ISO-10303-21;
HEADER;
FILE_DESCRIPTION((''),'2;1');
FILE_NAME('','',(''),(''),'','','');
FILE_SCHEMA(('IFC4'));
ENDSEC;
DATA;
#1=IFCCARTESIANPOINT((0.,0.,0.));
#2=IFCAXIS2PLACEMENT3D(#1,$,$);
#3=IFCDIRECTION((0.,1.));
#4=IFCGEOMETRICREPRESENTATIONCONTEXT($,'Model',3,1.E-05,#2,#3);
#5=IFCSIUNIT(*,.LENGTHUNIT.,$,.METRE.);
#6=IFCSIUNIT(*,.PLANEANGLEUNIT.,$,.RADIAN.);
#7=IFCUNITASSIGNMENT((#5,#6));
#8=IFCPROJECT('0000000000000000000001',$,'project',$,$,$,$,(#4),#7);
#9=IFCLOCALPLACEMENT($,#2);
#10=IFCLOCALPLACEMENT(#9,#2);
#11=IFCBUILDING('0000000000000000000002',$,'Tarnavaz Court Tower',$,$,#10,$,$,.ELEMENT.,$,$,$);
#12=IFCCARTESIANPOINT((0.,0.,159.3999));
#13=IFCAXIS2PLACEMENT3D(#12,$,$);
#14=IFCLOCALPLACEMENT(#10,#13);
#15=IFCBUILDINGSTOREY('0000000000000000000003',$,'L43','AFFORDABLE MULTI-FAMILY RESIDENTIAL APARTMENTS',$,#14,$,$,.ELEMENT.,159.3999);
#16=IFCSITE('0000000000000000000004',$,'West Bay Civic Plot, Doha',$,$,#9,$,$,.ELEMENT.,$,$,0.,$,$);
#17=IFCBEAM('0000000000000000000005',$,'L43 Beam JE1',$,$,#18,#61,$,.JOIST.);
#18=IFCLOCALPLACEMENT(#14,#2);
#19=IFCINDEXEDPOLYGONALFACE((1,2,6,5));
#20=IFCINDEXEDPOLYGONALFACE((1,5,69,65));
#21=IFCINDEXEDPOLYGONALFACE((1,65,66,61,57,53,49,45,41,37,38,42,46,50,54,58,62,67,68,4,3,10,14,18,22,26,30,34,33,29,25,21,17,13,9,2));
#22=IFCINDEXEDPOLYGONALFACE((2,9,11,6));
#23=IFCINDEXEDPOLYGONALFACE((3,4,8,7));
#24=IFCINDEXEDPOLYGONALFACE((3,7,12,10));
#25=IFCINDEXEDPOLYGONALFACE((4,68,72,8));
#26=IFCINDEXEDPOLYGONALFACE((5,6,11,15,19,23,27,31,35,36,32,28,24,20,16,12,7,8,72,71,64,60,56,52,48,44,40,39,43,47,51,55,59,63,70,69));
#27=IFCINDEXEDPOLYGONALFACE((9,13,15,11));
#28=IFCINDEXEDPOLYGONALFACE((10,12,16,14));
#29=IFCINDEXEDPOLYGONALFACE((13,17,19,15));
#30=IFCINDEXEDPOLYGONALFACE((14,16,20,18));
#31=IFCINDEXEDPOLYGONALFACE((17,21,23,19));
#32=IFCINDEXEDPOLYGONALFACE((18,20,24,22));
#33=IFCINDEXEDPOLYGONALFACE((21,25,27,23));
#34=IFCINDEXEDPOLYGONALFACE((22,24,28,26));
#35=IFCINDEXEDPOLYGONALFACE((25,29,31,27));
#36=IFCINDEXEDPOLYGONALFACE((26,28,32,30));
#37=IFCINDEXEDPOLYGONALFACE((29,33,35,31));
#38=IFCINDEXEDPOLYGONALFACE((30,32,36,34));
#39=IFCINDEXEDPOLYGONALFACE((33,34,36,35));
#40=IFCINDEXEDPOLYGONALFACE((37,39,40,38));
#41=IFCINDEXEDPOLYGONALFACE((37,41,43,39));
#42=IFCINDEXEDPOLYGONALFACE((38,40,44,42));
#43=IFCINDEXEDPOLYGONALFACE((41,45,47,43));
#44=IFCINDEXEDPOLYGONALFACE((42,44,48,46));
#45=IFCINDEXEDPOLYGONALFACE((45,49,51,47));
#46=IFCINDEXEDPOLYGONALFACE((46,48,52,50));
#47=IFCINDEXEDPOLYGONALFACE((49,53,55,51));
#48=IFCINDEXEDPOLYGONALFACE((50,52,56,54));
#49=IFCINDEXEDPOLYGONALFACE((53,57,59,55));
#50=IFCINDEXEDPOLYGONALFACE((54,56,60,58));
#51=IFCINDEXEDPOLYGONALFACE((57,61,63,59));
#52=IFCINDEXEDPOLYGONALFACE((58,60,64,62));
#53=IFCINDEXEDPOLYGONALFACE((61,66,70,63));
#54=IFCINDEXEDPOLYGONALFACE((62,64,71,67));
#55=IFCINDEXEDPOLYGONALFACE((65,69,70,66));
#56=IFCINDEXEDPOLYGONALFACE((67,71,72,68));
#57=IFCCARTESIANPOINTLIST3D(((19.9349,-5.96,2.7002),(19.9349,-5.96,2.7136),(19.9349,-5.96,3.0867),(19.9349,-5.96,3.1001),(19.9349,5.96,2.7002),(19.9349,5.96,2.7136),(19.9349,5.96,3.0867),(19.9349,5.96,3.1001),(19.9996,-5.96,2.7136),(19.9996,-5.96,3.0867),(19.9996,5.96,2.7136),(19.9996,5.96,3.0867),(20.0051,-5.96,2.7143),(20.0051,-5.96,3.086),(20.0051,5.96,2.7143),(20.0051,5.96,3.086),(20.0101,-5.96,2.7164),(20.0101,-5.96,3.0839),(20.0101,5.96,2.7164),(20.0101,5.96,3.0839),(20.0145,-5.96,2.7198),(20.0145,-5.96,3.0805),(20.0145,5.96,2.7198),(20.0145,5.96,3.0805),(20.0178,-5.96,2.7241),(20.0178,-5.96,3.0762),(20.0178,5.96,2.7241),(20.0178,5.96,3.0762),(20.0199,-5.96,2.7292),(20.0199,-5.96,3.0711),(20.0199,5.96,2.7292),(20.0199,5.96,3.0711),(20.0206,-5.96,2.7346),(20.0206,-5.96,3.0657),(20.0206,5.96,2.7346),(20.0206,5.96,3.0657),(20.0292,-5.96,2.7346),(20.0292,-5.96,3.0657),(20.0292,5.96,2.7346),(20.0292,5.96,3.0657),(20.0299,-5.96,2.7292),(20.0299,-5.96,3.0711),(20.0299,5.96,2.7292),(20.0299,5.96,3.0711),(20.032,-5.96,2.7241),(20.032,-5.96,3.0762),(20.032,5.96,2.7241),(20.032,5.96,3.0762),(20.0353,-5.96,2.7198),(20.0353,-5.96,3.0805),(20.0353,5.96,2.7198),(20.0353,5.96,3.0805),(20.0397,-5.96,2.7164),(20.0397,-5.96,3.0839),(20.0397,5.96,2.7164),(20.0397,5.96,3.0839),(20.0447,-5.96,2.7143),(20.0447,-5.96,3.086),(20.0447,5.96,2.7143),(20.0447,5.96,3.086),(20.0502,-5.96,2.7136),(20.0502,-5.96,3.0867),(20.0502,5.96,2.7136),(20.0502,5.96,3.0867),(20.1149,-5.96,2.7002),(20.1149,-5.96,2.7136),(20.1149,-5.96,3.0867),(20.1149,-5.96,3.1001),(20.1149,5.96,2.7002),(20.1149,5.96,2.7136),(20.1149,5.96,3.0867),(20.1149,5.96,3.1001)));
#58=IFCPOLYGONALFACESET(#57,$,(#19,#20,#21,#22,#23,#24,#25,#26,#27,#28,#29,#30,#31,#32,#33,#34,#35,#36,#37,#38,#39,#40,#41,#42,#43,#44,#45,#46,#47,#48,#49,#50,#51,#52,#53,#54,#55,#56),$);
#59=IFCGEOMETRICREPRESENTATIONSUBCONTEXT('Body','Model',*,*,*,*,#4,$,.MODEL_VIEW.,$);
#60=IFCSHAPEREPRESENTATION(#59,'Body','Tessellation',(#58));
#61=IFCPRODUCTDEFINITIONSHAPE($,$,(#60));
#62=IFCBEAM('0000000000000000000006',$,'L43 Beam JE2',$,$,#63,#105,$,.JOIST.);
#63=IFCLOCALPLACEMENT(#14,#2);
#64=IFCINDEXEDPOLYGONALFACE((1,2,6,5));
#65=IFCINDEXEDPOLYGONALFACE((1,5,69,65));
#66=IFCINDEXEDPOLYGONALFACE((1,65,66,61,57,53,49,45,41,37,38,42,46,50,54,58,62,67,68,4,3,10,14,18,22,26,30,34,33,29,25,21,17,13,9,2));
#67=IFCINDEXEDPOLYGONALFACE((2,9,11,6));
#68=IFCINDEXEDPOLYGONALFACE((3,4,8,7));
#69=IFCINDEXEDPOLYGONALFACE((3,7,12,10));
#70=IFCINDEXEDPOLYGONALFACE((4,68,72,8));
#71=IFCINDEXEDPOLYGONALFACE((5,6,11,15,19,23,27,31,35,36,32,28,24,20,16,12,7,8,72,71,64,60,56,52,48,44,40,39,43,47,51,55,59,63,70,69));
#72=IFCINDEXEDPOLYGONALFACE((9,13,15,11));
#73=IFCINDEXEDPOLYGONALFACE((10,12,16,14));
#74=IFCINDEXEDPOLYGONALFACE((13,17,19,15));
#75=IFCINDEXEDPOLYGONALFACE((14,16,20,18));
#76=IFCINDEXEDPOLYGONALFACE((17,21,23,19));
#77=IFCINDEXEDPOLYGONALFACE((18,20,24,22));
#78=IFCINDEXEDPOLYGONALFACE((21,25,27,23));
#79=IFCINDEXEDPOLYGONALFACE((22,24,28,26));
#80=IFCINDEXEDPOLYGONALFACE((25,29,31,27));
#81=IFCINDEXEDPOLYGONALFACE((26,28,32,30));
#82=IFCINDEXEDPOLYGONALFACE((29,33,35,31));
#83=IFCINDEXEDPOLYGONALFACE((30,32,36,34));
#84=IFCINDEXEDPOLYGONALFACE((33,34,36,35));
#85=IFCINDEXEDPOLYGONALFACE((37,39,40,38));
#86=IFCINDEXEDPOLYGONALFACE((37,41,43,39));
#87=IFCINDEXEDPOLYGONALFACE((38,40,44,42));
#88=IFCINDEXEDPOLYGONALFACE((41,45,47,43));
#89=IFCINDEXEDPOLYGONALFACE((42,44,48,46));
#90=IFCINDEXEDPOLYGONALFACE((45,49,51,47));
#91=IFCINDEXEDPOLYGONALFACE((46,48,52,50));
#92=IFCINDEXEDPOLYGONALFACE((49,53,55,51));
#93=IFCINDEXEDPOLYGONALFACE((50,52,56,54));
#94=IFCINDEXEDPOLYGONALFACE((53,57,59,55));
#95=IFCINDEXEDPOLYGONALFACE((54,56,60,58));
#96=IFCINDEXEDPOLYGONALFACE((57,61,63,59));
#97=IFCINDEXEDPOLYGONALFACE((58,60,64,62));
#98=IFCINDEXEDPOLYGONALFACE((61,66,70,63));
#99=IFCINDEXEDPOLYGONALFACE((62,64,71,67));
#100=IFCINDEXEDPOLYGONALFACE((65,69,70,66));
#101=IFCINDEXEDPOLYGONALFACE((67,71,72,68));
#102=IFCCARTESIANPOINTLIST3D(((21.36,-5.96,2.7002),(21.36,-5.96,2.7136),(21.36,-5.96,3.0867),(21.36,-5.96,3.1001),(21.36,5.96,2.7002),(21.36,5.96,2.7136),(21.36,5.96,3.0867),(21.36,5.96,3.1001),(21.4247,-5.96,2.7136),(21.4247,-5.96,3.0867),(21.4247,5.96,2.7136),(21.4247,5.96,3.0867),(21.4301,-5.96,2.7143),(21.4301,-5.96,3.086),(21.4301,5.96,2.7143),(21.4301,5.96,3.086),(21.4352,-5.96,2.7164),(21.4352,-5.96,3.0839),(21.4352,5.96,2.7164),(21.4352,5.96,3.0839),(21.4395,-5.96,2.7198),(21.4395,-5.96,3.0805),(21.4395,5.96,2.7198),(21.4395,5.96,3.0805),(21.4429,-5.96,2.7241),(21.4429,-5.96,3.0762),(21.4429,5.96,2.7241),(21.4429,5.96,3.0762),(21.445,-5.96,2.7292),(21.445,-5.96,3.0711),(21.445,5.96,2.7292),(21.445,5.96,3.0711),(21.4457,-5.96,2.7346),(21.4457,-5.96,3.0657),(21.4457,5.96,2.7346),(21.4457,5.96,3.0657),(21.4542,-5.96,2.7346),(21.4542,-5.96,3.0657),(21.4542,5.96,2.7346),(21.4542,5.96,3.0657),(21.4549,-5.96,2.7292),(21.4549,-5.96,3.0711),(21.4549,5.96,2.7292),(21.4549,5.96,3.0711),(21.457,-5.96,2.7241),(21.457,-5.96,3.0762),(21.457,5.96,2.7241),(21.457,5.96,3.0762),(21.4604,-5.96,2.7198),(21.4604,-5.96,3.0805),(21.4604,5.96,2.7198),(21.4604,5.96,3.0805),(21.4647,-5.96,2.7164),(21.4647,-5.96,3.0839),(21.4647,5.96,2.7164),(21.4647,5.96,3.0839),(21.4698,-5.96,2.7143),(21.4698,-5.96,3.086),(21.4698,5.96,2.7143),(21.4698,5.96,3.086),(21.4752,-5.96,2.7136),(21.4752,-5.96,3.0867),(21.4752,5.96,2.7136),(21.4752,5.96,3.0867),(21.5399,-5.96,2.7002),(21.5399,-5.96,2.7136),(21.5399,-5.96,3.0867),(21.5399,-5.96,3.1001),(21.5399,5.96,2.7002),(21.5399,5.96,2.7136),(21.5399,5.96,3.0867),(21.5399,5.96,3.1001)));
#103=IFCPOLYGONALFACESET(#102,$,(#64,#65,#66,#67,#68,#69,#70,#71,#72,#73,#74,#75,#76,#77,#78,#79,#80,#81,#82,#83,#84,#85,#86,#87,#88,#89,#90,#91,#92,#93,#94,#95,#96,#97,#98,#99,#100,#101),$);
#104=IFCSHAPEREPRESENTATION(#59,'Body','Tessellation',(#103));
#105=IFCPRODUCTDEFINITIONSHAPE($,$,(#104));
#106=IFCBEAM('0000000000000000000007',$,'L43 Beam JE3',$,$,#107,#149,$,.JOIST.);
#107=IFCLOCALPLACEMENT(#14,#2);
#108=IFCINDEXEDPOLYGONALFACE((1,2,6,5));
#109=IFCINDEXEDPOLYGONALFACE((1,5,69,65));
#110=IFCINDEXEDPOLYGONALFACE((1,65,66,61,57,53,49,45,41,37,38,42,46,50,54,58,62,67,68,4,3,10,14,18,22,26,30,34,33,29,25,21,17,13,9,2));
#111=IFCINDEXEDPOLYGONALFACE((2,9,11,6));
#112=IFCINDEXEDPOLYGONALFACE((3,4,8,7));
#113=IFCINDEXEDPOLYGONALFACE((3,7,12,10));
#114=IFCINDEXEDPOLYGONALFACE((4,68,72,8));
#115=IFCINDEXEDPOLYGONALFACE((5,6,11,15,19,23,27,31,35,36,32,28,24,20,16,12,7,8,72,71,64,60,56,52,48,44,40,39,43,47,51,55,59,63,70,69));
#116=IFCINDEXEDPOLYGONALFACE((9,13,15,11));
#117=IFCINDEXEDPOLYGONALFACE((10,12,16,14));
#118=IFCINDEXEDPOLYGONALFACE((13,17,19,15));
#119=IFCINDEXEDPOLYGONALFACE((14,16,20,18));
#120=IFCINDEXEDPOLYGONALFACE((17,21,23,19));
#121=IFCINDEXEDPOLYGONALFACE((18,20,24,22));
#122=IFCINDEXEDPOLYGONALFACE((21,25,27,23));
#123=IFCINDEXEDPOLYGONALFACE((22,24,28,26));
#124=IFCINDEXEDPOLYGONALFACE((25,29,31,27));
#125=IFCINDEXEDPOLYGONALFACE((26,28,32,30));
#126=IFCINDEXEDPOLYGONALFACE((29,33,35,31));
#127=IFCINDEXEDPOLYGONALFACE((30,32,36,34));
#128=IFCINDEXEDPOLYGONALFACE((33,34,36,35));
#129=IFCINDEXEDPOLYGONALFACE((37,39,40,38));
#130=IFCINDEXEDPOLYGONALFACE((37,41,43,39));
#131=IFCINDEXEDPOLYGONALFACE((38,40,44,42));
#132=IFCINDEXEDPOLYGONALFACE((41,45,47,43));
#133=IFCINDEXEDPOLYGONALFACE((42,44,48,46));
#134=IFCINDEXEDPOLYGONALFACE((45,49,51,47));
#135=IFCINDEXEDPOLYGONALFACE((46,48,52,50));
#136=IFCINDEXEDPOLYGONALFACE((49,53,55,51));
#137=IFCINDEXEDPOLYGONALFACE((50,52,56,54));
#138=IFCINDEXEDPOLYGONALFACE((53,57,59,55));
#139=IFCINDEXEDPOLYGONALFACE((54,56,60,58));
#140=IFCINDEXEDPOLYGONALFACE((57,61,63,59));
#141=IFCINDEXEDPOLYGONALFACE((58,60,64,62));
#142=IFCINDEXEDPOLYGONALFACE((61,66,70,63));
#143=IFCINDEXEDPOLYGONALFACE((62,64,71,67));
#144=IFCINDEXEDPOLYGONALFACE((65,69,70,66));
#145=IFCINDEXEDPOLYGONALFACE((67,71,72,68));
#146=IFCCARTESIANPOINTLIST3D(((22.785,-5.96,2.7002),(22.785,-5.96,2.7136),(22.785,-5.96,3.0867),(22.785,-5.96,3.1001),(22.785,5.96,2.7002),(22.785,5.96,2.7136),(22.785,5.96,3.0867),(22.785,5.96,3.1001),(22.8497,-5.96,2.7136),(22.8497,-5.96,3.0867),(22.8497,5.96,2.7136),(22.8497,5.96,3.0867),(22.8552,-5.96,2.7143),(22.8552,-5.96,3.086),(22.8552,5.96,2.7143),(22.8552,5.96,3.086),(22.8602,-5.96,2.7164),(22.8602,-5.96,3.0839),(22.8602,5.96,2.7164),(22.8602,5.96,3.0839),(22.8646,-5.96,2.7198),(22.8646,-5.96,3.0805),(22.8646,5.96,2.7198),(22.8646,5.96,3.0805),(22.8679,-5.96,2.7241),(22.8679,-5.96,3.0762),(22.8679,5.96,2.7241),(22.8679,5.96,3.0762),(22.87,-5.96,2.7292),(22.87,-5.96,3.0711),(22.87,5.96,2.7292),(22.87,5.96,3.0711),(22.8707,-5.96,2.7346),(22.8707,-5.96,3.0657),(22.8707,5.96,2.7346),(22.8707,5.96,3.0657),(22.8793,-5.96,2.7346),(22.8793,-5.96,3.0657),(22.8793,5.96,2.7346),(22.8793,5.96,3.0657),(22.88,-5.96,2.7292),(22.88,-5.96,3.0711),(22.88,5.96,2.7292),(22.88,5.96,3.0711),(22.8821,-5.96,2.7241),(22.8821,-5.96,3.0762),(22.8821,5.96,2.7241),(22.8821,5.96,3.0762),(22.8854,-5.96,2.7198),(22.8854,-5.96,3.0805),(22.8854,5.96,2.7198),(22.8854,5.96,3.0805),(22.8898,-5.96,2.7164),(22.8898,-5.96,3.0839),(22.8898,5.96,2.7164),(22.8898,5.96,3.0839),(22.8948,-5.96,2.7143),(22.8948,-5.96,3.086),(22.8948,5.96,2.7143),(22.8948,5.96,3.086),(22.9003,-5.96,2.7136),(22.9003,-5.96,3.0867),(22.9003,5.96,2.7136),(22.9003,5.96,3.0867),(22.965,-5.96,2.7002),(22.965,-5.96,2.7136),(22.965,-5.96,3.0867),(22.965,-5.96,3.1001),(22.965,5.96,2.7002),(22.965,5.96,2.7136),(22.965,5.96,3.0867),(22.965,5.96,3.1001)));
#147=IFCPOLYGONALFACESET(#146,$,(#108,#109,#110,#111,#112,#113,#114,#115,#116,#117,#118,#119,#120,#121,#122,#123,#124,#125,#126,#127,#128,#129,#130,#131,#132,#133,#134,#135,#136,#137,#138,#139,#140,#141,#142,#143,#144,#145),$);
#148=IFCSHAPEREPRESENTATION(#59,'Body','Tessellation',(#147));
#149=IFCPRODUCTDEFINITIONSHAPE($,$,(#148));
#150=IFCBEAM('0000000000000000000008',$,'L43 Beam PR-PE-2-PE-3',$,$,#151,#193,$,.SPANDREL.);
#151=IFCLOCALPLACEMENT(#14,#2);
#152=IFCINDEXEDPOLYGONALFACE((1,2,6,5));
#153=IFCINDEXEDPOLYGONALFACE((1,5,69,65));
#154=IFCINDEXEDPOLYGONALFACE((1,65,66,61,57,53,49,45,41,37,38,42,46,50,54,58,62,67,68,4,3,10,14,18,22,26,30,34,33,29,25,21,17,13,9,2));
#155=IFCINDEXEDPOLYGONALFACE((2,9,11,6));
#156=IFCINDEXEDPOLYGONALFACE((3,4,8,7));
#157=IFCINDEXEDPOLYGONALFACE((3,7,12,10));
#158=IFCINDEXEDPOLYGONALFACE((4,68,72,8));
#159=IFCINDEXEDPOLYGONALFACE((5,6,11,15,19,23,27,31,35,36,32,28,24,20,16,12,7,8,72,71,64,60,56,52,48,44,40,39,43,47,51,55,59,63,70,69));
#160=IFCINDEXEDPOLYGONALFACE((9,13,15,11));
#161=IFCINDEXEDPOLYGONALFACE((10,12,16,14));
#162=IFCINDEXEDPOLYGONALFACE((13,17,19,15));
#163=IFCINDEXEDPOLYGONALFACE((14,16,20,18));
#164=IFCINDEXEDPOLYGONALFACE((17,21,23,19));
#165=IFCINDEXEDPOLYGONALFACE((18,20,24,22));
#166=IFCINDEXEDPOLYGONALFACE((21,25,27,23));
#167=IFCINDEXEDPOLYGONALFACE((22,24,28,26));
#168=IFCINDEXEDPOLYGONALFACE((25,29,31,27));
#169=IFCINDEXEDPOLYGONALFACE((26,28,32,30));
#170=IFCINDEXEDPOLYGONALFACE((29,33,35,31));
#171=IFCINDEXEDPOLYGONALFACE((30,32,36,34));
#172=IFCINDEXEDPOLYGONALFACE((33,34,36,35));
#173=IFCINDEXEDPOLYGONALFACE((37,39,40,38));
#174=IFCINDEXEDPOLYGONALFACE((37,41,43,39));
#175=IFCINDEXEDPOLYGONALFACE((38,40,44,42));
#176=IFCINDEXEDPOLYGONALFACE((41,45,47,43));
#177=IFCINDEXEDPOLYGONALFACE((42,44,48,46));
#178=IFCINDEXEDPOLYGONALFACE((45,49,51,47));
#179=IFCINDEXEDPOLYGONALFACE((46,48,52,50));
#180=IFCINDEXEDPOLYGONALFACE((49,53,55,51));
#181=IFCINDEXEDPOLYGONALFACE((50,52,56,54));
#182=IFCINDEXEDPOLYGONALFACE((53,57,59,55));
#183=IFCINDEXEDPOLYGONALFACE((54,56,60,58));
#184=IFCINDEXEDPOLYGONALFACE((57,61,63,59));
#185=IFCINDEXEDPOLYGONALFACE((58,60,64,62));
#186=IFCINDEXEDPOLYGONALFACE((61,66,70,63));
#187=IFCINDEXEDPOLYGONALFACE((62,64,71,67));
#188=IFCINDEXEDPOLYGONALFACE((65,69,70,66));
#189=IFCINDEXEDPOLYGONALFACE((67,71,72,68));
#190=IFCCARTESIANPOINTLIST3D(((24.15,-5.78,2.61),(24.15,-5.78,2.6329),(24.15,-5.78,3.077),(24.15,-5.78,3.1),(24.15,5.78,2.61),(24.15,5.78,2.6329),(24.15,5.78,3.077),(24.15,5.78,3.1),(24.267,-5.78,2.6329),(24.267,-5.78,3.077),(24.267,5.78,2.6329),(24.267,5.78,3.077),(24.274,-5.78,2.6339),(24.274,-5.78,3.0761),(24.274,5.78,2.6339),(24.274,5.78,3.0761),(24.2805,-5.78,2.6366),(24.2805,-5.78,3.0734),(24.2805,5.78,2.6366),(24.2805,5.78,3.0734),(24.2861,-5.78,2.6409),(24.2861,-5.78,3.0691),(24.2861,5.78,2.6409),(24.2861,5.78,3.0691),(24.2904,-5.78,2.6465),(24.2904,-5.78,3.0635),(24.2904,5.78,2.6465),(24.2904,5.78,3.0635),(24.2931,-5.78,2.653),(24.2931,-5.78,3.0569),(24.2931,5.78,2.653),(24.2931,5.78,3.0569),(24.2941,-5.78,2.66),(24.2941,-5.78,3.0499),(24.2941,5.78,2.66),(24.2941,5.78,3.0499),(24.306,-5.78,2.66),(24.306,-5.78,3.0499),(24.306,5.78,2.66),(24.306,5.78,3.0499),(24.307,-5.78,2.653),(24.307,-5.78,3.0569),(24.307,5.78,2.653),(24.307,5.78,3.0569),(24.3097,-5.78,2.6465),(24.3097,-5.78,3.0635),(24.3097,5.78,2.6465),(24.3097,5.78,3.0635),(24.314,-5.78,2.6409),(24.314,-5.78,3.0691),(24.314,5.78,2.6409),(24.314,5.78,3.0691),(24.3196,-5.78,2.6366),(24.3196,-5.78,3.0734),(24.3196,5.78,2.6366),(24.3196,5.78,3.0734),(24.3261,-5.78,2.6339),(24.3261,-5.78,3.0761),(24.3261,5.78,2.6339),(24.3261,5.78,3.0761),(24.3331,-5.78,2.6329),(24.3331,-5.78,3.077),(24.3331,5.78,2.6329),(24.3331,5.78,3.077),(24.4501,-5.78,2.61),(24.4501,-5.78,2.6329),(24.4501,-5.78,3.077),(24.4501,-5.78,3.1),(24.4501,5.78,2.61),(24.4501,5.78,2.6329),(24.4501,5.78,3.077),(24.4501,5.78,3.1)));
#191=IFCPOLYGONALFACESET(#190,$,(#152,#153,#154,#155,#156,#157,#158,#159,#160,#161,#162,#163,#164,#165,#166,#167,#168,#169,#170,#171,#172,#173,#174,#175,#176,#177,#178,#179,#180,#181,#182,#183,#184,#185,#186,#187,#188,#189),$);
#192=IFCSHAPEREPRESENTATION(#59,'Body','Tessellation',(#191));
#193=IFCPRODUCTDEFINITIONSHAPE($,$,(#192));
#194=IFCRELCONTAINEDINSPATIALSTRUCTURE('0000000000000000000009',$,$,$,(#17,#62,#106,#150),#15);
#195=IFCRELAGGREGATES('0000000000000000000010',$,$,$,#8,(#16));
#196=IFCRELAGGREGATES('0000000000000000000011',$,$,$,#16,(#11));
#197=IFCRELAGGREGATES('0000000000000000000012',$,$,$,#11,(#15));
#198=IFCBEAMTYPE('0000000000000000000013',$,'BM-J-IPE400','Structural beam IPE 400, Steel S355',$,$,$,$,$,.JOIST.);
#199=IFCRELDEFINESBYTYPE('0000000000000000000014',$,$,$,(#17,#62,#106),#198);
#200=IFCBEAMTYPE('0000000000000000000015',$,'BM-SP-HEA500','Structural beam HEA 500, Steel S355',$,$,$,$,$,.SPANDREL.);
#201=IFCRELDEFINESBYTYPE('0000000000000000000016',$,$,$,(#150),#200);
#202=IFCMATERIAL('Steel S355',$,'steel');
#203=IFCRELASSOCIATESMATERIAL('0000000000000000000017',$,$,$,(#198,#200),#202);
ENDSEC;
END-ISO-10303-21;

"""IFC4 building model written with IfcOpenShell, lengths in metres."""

from ifc_helpers import new_model, si_unit, direction, frame, origin, origin_2d, place, context, subcontext, project, spatial, i_section, extrude, material, material_profile, profile_set, type_object, element, save


model = new_model("IFC4")

# Units and contexts
model_context = context("Model", 3, precision=1e-05, world=origin(), true_north=direction((0.0, 1.0)))
body_context = subcontext(model_context, "Body", "Model", "MODEL_VIEW")
ifc_project = project(units=[si_unit("LENGTHUNIT", "METRE"), si_unit("PLANEANGLEUNIT", "RADIAN")], contexts=[model_context])

# Site, building, storey
site_placement = place(None, origin())
site = spatial("IfcSite", under=ifc_project, at=site_placement, Name="West Bay Civic Plot, Doha", CompositionType="ELEMENT", RefElevation=0.0)
building_placement = place(site_placement, origin())
building = spatial("IfcBuilding", under=site, at=building_placement, Name="Tarnavaz Court Tower", CompositionType="ELEMENT")
storey_placement = place(building_placement, frame((0.0, 0.0, 159.3999)))
storey = spatial("IfcBuildingStorey", under=building, at=storey_placement, Name="L43", Description="AFFORDABLE MULTI-FAMILY RESIDENTIAL APARTMENTS", CompositionType="ELEMENT", Elevation=159.3999)

# Beams
ifc_material_1 = material(Name="Steel S355", Category="steel")
ifc_material_profile_1 = material_profile(ifc_material_1, i_section(OverallWidth=0.1799, OverallDepth=0.3999, WebThickness=0.0085, FlangeThickness=0.0134, FilletRadius=0.021, at=origin_2d()), Name="IPE 400")
ifc_profile_set_1 = profile_set([ifc_material_profile_1], Name="Steel S355")
beam_type_1 = type_object("IfcBeamType", Name="BM-J-IPE400", Description="Structural beam IPE 400, Steel S355", PredefinedType="JOIST", material=ifc_profile_set_1)
for number, where, z_axis, x_axis, name in (
    (1, (20.0249, -5.96, 2.9001), (0.0, 1.0, 0.0), (-1.0, 0.0, 0.0), "L43 Beam JE1"),
    (2, (21.45, -5.96, 2.9001), (0.0, 1.0, 0.0), (-1.0, 0.0, 0.0), "L43 Beam JE2"),
    (3, (22.875, -5.96, 2.9001), (0.0, 1.0, 0.0), (-1.0, 0.0, 0.0), "L43 Beam JE3"),
):
    element("IfcBeam", number, at=place(storey_placement, frame(where, z_axis=z_axis, x_axis=x_axis)), inside=storey, type_object=beam_type_1, Name=name, PredefinedType="JOIST", context=body_context, shape_type="SweptSolid", body=[
        extrude(i_section(OverallWidth=0.1799, OverallDepth=0.3999, WebThickness=0.0085, FlangeThickness=0.0134, FilletRadius=0.021, at=origin_2d()), origin(), (0.0, 0.0, 1.0), 11.9199),
    ])
ifc_material_profile_2 = material_profile(ifc_material_1, i_section(OverallWidth=0.3, OverallDepth=0.49, WebThickness=0.012, FlangeThickness=0.0229, FilletRadius=0.0271, at=origin_2d()), Name="HEA 500")
ifc_profile_set_2 = profile_set([ifc_material_profile_2], Name="Steel S355")
beam_type_2 = type_object("IfcBeamType", Name="BM-SP-HEA500", Description="Structural beam HEA 500, Steel S355", PredefinedType="SPANDREL", material=ifc_profile_set_2)
beam_1_placement = place(storey_placement, frame((24.3, -5.78, 2.855), z_axis=(0.0, 1.0, 0.0), x_axis=(-1.0, 0.0, 0.0)))
element("IfcBeam", 4, at=beam_1_placement, inside=storey, type_object=beam_type_2, Name="L43 Beam PR-PE-2-PE-3", PredefinedType="SPANDREL", context=body_context, shape_type="SweptSolid", body=[
    extrude(i_section(OverallWidth=0.3, OverallDepth=0.49, WebThickness=0.012, FlangeThickness=0.0229, FilletRadius=0.0271, at=origin_2d()), origin(), (0.0, 0.0, 1.0), 11.5601),
])

save(model, "model.ifc")
